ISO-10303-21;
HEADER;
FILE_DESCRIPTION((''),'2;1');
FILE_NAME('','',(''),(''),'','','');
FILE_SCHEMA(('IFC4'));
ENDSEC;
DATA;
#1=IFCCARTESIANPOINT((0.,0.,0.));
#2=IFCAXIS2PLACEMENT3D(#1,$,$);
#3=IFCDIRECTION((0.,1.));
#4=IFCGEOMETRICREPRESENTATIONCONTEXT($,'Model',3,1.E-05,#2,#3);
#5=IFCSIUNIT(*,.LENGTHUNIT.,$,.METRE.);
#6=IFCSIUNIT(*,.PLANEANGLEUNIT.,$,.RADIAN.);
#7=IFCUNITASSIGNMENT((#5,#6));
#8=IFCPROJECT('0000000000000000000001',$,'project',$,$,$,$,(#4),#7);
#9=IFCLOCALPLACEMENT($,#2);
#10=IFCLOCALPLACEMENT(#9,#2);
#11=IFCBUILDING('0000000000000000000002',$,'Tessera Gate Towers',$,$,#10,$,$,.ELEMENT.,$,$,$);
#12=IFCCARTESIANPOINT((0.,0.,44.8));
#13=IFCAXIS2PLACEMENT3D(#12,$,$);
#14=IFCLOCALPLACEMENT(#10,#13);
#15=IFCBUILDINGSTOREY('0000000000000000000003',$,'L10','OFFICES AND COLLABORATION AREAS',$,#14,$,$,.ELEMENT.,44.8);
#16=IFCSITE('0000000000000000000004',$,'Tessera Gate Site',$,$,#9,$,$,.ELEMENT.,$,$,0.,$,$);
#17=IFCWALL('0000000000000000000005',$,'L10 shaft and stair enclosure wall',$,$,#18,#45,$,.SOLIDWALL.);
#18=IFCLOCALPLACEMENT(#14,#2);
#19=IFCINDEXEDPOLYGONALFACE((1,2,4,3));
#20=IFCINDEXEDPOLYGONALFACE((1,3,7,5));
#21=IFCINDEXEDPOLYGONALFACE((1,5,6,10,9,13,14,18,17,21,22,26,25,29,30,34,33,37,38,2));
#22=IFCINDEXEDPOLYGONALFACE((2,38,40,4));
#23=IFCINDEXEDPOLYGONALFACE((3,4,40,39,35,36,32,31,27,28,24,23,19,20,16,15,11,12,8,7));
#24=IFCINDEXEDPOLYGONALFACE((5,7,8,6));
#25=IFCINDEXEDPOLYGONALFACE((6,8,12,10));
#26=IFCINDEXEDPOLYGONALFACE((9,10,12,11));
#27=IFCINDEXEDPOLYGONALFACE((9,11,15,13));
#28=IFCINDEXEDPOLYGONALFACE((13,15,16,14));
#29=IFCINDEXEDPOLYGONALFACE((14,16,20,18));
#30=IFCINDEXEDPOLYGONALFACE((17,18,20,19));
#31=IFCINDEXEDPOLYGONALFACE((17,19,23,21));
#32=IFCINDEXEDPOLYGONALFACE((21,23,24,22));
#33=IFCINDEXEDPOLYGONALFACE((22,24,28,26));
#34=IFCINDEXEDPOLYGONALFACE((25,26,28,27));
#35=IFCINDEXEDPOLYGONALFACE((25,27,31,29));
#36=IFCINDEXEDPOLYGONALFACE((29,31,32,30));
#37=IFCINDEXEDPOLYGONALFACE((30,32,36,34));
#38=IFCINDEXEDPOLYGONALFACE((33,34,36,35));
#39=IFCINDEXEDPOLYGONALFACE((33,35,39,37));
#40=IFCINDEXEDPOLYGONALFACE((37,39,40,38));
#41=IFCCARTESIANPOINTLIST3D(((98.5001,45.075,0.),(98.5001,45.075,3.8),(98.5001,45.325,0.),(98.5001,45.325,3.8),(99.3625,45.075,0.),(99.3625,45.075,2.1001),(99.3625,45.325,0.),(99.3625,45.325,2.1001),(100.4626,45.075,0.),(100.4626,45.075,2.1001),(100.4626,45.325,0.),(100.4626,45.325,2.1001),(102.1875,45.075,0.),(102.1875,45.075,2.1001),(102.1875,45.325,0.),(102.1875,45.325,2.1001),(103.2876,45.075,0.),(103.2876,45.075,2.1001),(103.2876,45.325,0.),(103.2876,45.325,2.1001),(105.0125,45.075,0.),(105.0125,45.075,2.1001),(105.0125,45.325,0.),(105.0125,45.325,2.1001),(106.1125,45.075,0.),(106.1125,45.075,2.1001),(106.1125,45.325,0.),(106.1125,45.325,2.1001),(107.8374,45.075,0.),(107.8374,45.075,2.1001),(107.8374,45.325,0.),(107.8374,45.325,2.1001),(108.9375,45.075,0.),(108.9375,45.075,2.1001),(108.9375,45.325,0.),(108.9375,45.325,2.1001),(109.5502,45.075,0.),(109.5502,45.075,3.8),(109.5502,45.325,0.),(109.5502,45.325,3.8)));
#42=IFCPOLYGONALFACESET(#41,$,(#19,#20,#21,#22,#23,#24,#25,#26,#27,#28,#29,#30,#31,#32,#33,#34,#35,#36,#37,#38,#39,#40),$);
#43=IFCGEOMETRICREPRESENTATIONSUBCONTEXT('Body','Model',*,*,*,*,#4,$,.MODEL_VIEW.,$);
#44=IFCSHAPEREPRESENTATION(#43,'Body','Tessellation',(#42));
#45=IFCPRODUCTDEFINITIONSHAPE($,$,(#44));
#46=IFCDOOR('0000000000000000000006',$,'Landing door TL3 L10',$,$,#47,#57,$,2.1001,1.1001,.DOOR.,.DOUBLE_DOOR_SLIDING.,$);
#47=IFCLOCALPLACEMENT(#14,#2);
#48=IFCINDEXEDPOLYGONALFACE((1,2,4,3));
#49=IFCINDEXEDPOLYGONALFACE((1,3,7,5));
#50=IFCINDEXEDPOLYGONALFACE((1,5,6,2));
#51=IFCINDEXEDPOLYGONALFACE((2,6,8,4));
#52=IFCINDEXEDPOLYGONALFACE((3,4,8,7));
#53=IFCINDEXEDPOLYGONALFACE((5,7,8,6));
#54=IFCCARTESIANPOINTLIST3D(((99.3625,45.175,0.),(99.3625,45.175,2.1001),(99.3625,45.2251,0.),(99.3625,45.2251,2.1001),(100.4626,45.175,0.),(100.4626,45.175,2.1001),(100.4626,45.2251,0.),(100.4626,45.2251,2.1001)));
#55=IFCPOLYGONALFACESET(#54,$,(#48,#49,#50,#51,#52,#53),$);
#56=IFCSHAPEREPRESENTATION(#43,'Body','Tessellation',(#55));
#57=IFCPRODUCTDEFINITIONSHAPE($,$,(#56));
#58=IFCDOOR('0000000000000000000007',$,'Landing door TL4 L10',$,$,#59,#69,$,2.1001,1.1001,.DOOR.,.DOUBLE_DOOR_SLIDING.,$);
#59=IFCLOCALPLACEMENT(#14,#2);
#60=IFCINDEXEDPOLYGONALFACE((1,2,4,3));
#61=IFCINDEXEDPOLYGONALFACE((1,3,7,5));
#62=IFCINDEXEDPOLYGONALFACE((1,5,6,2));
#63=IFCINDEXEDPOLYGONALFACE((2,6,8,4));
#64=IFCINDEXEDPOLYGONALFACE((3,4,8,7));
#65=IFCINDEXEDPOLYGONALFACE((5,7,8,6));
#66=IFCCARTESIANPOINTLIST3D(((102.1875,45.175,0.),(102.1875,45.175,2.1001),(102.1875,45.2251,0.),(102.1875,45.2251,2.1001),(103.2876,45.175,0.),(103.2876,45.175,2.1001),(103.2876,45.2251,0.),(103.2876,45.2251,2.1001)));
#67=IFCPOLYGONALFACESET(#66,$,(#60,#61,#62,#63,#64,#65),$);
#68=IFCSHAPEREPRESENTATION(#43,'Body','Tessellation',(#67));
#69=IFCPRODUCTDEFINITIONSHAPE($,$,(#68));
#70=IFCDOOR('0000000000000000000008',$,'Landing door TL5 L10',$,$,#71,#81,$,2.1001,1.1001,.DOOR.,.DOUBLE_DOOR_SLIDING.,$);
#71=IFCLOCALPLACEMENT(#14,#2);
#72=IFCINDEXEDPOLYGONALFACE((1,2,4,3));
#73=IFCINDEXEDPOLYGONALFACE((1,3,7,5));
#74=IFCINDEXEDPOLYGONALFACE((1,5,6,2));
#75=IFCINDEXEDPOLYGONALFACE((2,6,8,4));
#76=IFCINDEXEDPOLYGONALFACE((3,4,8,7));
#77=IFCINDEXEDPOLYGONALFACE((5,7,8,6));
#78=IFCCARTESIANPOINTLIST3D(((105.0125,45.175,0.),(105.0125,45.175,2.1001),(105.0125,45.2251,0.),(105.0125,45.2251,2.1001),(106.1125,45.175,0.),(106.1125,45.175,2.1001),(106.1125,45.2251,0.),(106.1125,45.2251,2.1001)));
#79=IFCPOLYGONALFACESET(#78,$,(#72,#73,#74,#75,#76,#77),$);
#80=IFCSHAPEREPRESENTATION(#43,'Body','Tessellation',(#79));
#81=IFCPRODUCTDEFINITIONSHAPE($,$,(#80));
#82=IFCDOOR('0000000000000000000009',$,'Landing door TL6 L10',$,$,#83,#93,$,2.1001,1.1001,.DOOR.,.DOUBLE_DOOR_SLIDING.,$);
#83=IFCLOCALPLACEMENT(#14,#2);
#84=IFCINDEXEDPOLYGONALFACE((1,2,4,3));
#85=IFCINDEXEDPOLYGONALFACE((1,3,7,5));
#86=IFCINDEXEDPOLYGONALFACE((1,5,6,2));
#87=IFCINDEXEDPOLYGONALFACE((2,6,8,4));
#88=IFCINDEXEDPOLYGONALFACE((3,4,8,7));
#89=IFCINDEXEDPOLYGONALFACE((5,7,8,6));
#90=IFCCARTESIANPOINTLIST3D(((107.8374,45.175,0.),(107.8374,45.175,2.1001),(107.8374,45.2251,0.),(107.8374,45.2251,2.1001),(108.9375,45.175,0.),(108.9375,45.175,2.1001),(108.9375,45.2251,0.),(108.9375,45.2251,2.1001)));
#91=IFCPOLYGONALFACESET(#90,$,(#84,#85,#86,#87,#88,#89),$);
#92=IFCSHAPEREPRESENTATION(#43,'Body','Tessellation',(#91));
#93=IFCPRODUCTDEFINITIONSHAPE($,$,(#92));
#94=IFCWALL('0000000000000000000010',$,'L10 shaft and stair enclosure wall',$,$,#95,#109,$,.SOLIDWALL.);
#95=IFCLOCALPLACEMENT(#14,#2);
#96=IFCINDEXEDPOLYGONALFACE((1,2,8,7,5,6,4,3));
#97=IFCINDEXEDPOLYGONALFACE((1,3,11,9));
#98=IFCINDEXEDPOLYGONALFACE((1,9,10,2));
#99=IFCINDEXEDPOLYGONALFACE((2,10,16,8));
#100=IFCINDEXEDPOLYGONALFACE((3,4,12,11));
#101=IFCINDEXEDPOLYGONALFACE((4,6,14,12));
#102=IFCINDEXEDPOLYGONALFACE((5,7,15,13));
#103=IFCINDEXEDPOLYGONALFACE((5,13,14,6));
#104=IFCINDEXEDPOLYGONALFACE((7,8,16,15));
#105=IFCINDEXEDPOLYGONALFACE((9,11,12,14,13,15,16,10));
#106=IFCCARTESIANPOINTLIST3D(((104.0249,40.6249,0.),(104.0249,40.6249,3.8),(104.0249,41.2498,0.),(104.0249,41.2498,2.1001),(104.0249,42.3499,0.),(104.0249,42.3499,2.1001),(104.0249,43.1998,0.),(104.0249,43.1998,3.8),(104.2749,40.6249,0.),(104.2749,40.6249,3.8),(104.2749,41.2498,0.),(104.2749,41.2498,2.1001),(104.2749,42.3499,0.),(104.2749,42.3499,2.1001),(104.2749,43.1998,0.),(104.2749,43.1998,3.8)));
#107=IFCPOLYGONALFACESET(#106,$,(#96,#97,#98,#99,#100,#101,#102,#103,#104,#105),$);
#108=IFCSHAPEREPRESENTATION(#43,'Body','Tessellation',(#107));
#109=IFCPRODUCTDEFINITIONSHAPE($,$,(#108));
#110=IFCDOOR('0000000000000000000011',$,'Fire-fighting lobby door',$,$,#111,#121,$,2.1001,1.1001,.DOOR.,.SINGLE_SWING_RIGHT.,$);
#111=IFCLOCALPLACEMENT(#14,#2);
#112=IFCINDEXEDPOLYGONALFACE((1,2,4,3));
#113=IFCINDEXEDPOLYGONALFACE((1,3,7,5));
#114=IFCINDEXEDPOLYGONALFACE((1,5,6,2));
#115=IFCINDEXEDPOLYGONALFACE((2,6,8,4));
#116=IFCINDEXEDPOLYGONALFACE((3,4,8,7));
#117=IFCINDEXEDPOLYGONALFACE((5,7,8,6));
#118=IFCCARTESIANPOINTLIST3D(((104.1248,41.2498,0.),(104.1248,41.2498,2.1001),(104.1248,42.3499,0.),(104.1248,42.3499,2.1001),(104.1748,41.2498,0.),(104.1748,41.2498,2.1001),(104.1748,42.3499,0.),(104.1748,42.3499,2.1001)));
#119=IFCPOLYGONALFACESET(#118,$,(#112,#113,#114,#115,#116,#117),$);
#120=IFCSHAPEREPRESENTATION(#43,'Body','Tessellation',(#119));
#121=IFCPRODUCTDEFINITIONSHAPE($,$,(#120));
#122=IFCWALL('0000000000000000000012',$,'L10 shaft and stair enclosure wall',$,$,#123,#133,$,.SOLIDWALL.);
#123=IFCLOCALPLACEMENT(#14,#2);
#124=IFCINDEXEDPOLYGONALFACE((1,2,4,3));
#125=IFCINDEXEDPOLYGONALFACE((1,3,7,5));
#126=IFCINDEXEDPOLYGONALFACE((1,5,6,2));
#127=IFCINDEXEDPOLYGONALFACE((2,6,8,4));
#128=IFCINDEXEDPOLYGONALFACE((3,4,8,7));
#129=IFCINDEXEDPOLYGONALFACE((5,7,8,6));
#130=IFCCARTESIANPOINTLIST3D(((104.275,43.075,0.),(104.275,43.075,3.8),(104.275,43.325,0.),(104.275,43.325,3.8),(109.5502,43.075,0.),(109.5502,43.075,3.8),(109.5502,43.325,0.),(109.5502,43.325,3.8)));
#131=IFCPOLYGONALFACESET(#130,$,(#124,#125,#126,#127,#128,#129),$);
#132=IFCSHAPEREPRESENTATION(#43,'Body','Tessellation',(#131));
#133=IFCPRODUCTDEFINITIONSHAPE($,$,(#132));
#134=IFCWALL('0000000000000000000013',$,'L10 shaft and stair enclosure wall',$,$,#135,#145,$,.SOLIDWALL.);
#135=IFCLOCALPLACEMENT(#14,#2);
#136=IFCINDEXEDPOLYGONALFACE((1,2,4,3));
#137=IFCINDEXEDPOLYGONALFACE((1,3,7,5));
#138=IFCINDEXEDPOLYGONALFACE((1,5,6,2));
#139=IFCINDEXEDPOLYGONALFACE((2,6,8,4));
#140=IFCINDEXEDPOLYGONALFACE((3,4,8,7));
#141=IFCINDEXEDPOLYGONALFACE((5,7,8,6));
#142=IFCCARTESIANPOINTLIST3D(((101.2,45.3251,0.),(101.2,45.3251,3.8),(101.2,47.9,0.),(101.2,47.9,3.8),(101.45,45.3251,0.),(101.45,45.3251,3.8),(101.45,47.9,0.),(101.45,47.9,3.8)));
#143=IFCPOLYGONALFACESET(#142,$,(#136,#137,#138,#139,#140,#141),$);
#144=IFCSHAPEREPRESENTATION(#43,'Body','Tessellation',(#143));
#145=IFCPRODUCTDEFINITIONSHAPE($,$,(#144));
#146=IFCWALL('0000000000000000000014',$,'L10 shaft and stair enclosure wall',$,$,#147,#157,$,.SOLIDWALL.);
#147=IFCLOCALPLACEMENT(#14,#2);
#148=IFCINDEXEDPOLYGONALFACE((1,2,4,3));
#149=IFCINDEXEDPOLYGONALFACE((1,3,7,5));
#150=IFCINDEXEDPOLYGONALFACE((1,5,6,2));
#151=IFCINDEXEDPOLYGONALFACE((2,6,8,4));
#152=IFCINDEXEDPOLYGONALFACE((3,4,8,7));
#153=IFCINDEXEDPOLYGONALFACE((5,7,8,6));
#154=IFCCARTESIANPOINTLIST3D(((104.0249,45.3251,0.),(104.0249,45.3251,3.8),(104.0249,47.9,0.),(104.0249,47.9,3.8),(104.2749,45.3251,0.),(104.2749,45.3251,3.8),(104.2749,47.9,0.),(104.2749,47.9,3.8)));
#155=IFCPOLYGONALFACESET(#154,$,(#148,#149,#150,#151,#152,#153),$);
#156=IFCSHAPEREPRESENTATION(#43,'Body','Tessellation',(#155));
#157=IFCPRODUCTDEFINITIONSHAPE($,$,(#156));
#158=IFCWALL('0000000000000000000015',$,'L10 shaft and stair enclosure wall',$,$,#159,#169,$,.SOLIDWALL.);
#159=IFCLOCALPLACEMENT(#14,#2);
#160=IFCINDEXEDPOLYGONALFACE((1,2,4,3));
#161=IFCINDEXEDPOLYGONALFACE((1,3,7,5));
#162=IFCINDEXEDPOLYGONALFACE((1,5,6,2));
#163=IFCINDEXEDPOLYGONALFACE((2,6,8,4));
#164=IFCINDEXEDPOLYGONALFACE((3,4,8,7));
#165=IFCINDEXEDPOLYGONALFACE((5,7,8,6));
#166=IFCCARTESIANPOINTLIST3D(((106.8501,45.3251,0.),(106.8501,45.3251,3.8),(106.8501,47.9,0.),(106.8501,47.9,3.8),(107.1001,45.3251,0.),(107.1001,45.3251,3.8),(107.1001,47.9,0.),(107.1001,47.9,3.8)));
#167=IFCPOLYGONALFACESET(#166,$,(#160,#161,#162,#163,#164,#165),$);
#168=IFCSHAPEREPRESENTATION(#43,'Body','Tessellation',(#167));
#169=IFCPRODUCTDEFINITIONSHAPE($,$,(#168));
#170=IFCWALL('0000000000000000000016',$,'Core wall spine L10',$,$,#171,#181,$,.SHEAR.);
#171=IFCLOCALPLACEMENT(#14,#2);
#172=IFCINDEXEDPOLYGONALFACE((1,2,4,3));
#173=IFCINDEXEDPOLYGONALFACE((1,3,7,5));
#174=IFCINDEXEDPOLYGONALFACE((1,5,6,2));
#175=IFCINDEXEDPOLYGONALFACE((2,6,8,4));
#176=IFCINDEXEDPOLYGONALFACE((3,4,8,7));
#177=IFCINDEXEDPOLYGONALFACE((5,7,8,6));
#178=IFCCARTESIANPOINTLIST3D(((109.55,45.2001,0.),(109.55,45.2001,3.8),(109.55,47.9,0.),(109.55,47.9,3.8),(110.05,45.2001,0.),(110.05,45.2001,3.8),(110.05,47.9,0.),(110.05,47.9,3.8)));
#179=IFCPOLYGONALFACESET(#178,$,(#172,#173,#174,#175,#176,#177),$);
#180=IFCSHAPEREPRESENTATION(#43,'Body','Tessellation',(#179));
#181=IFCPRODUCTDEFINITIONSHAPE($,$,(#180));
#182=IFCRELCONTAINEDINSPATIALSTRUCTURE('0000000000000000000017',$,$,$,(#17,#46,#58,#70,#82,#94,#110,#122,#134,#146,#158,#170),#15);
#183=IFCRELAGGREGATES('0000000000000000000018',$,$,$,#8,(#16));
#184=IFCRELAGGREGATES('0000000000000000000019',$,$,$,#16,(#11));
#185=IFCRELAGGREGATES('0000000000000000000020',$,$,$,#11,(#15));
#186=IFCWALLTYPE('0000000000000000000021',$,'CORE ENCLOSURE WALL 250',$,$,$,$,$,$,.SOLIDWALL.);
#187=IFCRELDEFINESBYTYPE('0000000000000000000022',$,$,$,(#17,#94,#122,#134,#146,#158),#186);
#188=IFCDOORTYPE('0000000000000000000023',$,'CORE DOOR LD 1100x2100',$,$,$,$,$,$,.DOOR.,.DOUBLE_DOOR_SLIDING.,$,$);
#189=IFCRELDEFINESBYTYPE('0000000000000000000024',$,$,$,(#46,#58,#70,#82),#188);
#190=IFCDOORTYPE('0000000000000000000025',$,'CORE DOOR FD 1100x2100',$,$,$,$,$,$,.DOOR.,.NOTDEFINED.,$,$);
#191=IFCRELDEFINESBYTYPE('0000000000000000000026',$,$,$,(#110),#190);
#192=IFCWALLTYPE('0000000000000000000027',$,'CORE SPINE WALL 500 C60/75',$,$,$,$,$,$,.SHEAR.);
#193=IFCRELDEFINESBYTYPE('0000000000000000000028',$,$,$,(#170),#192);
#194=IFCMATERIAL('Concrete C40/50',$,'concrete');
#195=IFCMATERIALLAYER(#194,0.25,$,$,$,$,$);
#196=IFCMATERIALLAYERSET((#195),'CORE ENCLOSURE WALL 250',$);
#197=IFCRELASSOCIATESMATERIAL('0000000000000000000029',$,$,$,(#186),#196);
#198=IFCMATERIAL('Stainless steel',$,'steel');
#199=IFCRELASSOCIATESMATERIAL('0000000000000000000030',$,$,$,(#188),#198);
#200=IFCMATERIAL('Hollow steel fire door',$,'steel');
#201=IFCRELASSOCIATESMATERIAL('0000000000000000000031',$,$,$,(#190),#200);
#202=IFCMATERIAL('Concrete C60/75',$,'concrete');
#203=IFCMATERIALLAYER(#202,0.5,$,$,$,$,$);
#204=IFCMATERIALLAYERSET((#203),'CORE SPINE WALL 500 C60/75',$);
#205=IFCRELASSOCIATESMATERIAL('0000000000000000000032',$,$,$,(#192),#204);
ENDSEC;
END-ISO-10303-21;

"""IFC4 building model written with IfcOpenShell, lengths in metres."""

from ifc_helpers import new_model, si_unit, direction, frame, frame_2d, origin, place, context, subcontext, project, spatial, rectangle, extrude, source, transform, mapped, material, layer, layer_set, type_object, element, fill, save


model = new_model("IFC4")

# Units and contexts
model_context = context("Model", 3, precision=1e-05, world=origin(), true_north=direction((0.0, 1.0)))
body_context = subcontext(model_context, "Body", "Model", "MODEL_VIEW")
ifc_project = project(units=[si_unit("LENGTHUNIT", "METRE"), si_unit("PLANEANGLEUNIT", "RADIAN")], contexts=[model_context])

# Site, building, storey
site_placement = place(None, origin())
site = spatial("IfcSite", under=ifc_project, at=site_placement, Name="Tessera Gate Site", CompositionType="ELEMENT", RefElevation=0.0)
building_placement = place(site_placement, origin())
building = spatial("IfcBuilding", under=site, at=building_placement, Name="Tessera Gate Towers", CompositionType="ELEMENT")
storey_placement = place(building_placement, frame((0.0, 0.0, 44.8)))
storey = spatial("IfcBuildingStorey", under=building, at=storey_placement, Name="L10", Description="OFFICES AND COLLABORATION AREAS", CompositionType="ELEMENT", Elevation=44.8)

# Wall, openings, doors
ifc_material_1 = material(Name="Concrete C40/50", Category="concrete")
ifc_layer_1 = layer(ifc_material_1, 0.25)
ifc_layer_set_1 = layer_set([ifc_layer_1], Name="CORE ENCLOSURE WALL 250")
wall_type_1 = type_object("IfcWallType", Name="CORE ENCLOSURE WALL 250", PredefinedType="SOLIDWALL", material=ifc_layer_set_1)
shared_shape_1 = source(origin(), body_context, "Body", "SweptSolid", [
    extrude(rectangle(XDim=1.1001, YDim=2.1001, at=frame_2d((0.55, 1.05))), frame((0.0, 0.135, 0.0), z_axis=(0.0, -1.0, 0.0), x_axis=(1.0, 0.0, 0.0)), (0.0, 0.0, 1.0), 0.27),
])
ifc_material_2 = material(Name="Stainless steel", Category="steel")
door_type_1 = type_object("IfcDoorType", Name="CORE DOOR LD 1100x2100", OperationType="DOUBLE_DOOR_SLIDING", PredefinedType="DOOR", material=ifc_material_2)
shared_shape_2 = source(origin(), body_context, "Body", "SweptSolid", [
    extrude(rectangle(XDim=1.1001, YDim=2.1001, at=frame_2d((0.55, 1.05))), frame((0.0, 0.0249, 0.0), z_axis=(0.0, -1.0, 0.0), x_axis=(1.0, 0.0, 0.0)), (0.0, 0.0, 1.0), 0.05),
])
wall_1_placement = place(storey_placement, frame((109.55, 45.2, 0.0), z_axis=(0.0, 0.0, 1.0), x_axis=(-1.0, 0.0, 0.0)))
wall_1 = element("IfcWall", 1, at=wall_1_placement, inside=storey, type_object=wall_type_1, Name="L10 shaft and stair enclosure wall", PredefinedType="SOLIDWALL", context=body_context, shape_type="SweptSolid", body=[
    extrude(rectangle(XDim=11.05, YDim=0.25, at=frame_2d((5.5249, 0.0))), origin(), (0.0, 0.0, 1.0), 3.8),
])
opening_1_placement = place(wall_1_placement, frame((9.0874, 0.0, 0.0)))
opening_1 = element("IfcOpeningElement", 2, at=opening_1_placement, cuts=wall_1, PredefinedType="OPENING", context=body_context, shape_type="MappedRepresentation", body=[
    mapped(shared_shape_1, transform((0.0, 0.0, 0.0), scale=1.0)),
])
opening_2_placement = place(wall_1_placement, frame((6.2625, 0.0, 0.0)))
opening_2 = element("IfcOpeningElement", 3, at=opening_2_placement, cuts=wall_1, PredefinedType="OPENING", context=body_context, shape_type="MappedRepresentation", body=[
    mapped(shared_shape_1, transform((0.0, 0.0, 0.0), scale=1.0)),
])
opening_3_placement = place(wall_1_placement, frame((3.4375, 0.0, 0.0)))
opening_3 = element("IfcOpeningElement", 4, at=opening_3_placement, cuts=wall_1, PredefinedType="OPENING", context=body_context, shape_type="MappedRepresentation", body=[
    mapped(shared_shape_1, transform((0.0, 0.0, 0.0), scale=1.0)),
])
opening_4_placement = place(wall_1_placement, frame((0.6125, 0.0, 0.0)))
opening_4 = element("IfcOpeningElement", 5, at=opening_4_placement, cuts=wall_1, PredefinedType="OPENING", context=body_context, shape_type="MappedRepresentation", body=[
    mapped(shared_shape_1, transform((0.0, 0.0, 0.0), scale=1.0)),
])
door_1_placement = place(opening_1_placement, origin())
door_1 = element("IfcDoor", 6, at=door_1_placement, inside=storey, type_object=door_type_1, Name="Landing door TL3 L10", OperationType="DOUBLE_DOOR_SLIDING", OverallHeight=2.1001, OverallWidth=1.1001, PredefinedType="DOOR", context=body_context, shape_type="MappedRepresentation", body=[
    mapped(shared_shape_2, transform((0.0, 0.0, 0.0), scale=1.0)),
])
fill(opening_1, door_1)
door_2_placement = place(opening_2_placement, origin())
door_2 = element("IfcDoor", 7, at=door_2_placement, inside=storey, type_object=door_type_1, Name="Landing door TL4 L10", OperationType="DOUBLE_DOOR_SLIDING", OverallHeight=2.1001, OverallWidth=1.1001, PredefinedType="DOOR", context=body_context, shape_type="MappedRepresentation", body=[
    mapped(shared_shape_2, transform((0.0, 0.0, 0.0), scale=1.0)),
])
fill(opening_2, door_2)
door_3_placement = place(opening_3_placement, origin())
door_3 = element("IfcDoor", 8, at=door_3_placement, inside=storey, type_object=door_type_1, Name="Landing door TL5 L10", OperationType="DOUBLE_DOOR_SLIDING", OverallHeight=2.1001, OverallWidth=1.1001, PredefinedType="DOOR", context=body_context, shape_type="MappedRepresentation", body=[
    mapped(shared_shape_2, transform((0.0, 0.0, 0.0), scale=1.0)),
])
fill(opening_3, door_3)
door_4_placement = place(opening_4_placement, origin())
door_4 = element("IfcDoor", 9, at=door_4_placement, inside=storey, type_object=door_type_1, Name="Landing door TL6 L10", OperationType="DOUBLE_DOOR_SLIDING", OverallHeight=2.1001, OverallWidth=1.1001, PredefinedType="DOOR", context=body_context, shape_type="MappedRepresentation", body=[
    mapped(shared_shape_2, transform((0.0, 0.0, 0.0), scale=1.0)),
])
fill(opening_4, door_4)

# Wall, opening, door
wall_2_placement = place(storey_placement, frame((104.1499, 43.2, 0.0), z_axis=(0.0, 0.0, 1.0), x_axis=(0.0, -1.0, 0.0)))
wall_2 = element("IfcWall", 10, at=wall_2_placement, inside=storey, type_object=wall_type_1, Name="L10 shaft and stair enclosure wall", PredefinedType="SOLIDWALL", context=body_context, shape_type="SweptSolid", body=[
    extrude(rectangle(XDim=2.575, YDim=0.25, at=frame_2d((1.2876, 0.0))), origin(), (0.0, 0.0, 1.0), 3.8),
])
opening_5_placement = place(wall_2_placement, frame((0.8501, 0.0, 0.0)))
opening_5 = element("IfcOpeningElement", 11, at=opening_5_placement, cuts=wall_2, PredefinedType="OPENING", context=body_context, shape_type="MappedRepresentation", body=[
    mapped(shared_shape_1, transform((0.0, 0.0, 0.0), scale=1.0)),
])
ifc_material_3 = material(Name="Hollow steel fire door", Category="steel")
door_type_2 = type_object("IfcDoorType", Name="CORE DOOR FD 1100x2100", OperationType="NOTDEFINED", PredefinedType="DOOR", material=ifc_material_3)
door_5_placement = place(opening_5_placement, origin())
door_5 = element("IfcDoor", 12, at=door_5_placement, inside=storey, type_object=door_type_2, Name="Fire-fighting lobby door", OperationType="SINGLE_SWING_RIGHT", OverallHeight=2.1001, OverallWidth=1.1001, PredefinedType="DOOR", context=body_context, shape_type="MappedRepresentation", body=[
    mapped(shared_shape_2, transform((0.0, 0.0, 0.0), scale=1.0)),
])
fill(opening_5, door_5)

# Walls
wall_3_placement = place(storey_placement, frame((104.2749, 43.2, 0.0), z_axis=(0.0, 0.0, 1.0), x_axis=(1.0, 0.0, 0.0)))
element("IfcWall", 13, at=wall_3_placement, inside=storey, type_object=wall_type_1, Name="L10 shaft and stair enclosure wall", PredefinedType="SOLIDWALL", context=body_context, shape_type="SweptSolid", body=[
    extrude(rectangle(XDim=5.2751, YDim=0.25, at=frame_2d((2.6377, 0.0))), origin(), (0.0, 0.0, 1.0), 3.8),
])
for number, where, z_axis, x_axis, name in (
    (14, (101.325, 45.325, 0.0), (0.0, 0.0, 1.0), (0.0, 1.0, 0.0), "L10 shaft and stair enclosure wall"),
    (15, (104.1499, 45.325, 0.0), (0.0, 0.0, 1.0), (0.0, 1.0, 0.0), "L10 shaft and stair enclosure wall"),
    (16, (106.9751, 45.325, 0.0), (0.0, 0.0, 1.0), (0.0, 1.0, 0.0), "L10 shaft and stair enclosure wall"),
):
    element("IfcWall", number, at=place(storey_placement, frame(where, z_axis=z_axis, x_axis=x_axis)), inside=storey, type_object=wall_type_1, Name=name, PredefinedType="SOLIDWALL", context=body_context, shape_type="SweptSolid", body=[
        extrude(rectangle(XDim=2.575, YDim=0.25, at=frame_2d((1.2876, 0.0))), origin(), (0.0, 0.0, 1.0), 3.8),
    ])
ifc_material_4 = material(Name="Concrete C60/75", Category="concrete")
ifc_layer_2 = layer(ifc_material_4, 0.5)
ifc_layer_set_2 = layer_set([ifc_layer_2], Name="CORE SPINE WALL 500 C60/75")
wall_type_2 = type_object("IfcWallType", Name="CORE SPINE WALL 500 C60/75", PredefinedType="SHEAR", material=ifc_layer_set_2)
wall_4_placement = place(storey_placement, frame((109.8, 45.2, 0.0), z_axis=(0.0, 0.0, 1.0), x_axis=(0.0, 1.0, 0.0)))
element("IfcWall", 17, at=wall_4_placement, inside=storey, type_object=wall_type_2, Name="Core wall spine L10", PredefinedType="SHEAR", context=body_context, shape_type="SweptSolid", body=[
    extrude(rectangle(XDim=2.7, YDim=0.5, at=frame_2d((1.3501, 0.0))), origin(), (0.0, 0.0, 1.0), 3.8),
])

save(model, "model.ifc")
